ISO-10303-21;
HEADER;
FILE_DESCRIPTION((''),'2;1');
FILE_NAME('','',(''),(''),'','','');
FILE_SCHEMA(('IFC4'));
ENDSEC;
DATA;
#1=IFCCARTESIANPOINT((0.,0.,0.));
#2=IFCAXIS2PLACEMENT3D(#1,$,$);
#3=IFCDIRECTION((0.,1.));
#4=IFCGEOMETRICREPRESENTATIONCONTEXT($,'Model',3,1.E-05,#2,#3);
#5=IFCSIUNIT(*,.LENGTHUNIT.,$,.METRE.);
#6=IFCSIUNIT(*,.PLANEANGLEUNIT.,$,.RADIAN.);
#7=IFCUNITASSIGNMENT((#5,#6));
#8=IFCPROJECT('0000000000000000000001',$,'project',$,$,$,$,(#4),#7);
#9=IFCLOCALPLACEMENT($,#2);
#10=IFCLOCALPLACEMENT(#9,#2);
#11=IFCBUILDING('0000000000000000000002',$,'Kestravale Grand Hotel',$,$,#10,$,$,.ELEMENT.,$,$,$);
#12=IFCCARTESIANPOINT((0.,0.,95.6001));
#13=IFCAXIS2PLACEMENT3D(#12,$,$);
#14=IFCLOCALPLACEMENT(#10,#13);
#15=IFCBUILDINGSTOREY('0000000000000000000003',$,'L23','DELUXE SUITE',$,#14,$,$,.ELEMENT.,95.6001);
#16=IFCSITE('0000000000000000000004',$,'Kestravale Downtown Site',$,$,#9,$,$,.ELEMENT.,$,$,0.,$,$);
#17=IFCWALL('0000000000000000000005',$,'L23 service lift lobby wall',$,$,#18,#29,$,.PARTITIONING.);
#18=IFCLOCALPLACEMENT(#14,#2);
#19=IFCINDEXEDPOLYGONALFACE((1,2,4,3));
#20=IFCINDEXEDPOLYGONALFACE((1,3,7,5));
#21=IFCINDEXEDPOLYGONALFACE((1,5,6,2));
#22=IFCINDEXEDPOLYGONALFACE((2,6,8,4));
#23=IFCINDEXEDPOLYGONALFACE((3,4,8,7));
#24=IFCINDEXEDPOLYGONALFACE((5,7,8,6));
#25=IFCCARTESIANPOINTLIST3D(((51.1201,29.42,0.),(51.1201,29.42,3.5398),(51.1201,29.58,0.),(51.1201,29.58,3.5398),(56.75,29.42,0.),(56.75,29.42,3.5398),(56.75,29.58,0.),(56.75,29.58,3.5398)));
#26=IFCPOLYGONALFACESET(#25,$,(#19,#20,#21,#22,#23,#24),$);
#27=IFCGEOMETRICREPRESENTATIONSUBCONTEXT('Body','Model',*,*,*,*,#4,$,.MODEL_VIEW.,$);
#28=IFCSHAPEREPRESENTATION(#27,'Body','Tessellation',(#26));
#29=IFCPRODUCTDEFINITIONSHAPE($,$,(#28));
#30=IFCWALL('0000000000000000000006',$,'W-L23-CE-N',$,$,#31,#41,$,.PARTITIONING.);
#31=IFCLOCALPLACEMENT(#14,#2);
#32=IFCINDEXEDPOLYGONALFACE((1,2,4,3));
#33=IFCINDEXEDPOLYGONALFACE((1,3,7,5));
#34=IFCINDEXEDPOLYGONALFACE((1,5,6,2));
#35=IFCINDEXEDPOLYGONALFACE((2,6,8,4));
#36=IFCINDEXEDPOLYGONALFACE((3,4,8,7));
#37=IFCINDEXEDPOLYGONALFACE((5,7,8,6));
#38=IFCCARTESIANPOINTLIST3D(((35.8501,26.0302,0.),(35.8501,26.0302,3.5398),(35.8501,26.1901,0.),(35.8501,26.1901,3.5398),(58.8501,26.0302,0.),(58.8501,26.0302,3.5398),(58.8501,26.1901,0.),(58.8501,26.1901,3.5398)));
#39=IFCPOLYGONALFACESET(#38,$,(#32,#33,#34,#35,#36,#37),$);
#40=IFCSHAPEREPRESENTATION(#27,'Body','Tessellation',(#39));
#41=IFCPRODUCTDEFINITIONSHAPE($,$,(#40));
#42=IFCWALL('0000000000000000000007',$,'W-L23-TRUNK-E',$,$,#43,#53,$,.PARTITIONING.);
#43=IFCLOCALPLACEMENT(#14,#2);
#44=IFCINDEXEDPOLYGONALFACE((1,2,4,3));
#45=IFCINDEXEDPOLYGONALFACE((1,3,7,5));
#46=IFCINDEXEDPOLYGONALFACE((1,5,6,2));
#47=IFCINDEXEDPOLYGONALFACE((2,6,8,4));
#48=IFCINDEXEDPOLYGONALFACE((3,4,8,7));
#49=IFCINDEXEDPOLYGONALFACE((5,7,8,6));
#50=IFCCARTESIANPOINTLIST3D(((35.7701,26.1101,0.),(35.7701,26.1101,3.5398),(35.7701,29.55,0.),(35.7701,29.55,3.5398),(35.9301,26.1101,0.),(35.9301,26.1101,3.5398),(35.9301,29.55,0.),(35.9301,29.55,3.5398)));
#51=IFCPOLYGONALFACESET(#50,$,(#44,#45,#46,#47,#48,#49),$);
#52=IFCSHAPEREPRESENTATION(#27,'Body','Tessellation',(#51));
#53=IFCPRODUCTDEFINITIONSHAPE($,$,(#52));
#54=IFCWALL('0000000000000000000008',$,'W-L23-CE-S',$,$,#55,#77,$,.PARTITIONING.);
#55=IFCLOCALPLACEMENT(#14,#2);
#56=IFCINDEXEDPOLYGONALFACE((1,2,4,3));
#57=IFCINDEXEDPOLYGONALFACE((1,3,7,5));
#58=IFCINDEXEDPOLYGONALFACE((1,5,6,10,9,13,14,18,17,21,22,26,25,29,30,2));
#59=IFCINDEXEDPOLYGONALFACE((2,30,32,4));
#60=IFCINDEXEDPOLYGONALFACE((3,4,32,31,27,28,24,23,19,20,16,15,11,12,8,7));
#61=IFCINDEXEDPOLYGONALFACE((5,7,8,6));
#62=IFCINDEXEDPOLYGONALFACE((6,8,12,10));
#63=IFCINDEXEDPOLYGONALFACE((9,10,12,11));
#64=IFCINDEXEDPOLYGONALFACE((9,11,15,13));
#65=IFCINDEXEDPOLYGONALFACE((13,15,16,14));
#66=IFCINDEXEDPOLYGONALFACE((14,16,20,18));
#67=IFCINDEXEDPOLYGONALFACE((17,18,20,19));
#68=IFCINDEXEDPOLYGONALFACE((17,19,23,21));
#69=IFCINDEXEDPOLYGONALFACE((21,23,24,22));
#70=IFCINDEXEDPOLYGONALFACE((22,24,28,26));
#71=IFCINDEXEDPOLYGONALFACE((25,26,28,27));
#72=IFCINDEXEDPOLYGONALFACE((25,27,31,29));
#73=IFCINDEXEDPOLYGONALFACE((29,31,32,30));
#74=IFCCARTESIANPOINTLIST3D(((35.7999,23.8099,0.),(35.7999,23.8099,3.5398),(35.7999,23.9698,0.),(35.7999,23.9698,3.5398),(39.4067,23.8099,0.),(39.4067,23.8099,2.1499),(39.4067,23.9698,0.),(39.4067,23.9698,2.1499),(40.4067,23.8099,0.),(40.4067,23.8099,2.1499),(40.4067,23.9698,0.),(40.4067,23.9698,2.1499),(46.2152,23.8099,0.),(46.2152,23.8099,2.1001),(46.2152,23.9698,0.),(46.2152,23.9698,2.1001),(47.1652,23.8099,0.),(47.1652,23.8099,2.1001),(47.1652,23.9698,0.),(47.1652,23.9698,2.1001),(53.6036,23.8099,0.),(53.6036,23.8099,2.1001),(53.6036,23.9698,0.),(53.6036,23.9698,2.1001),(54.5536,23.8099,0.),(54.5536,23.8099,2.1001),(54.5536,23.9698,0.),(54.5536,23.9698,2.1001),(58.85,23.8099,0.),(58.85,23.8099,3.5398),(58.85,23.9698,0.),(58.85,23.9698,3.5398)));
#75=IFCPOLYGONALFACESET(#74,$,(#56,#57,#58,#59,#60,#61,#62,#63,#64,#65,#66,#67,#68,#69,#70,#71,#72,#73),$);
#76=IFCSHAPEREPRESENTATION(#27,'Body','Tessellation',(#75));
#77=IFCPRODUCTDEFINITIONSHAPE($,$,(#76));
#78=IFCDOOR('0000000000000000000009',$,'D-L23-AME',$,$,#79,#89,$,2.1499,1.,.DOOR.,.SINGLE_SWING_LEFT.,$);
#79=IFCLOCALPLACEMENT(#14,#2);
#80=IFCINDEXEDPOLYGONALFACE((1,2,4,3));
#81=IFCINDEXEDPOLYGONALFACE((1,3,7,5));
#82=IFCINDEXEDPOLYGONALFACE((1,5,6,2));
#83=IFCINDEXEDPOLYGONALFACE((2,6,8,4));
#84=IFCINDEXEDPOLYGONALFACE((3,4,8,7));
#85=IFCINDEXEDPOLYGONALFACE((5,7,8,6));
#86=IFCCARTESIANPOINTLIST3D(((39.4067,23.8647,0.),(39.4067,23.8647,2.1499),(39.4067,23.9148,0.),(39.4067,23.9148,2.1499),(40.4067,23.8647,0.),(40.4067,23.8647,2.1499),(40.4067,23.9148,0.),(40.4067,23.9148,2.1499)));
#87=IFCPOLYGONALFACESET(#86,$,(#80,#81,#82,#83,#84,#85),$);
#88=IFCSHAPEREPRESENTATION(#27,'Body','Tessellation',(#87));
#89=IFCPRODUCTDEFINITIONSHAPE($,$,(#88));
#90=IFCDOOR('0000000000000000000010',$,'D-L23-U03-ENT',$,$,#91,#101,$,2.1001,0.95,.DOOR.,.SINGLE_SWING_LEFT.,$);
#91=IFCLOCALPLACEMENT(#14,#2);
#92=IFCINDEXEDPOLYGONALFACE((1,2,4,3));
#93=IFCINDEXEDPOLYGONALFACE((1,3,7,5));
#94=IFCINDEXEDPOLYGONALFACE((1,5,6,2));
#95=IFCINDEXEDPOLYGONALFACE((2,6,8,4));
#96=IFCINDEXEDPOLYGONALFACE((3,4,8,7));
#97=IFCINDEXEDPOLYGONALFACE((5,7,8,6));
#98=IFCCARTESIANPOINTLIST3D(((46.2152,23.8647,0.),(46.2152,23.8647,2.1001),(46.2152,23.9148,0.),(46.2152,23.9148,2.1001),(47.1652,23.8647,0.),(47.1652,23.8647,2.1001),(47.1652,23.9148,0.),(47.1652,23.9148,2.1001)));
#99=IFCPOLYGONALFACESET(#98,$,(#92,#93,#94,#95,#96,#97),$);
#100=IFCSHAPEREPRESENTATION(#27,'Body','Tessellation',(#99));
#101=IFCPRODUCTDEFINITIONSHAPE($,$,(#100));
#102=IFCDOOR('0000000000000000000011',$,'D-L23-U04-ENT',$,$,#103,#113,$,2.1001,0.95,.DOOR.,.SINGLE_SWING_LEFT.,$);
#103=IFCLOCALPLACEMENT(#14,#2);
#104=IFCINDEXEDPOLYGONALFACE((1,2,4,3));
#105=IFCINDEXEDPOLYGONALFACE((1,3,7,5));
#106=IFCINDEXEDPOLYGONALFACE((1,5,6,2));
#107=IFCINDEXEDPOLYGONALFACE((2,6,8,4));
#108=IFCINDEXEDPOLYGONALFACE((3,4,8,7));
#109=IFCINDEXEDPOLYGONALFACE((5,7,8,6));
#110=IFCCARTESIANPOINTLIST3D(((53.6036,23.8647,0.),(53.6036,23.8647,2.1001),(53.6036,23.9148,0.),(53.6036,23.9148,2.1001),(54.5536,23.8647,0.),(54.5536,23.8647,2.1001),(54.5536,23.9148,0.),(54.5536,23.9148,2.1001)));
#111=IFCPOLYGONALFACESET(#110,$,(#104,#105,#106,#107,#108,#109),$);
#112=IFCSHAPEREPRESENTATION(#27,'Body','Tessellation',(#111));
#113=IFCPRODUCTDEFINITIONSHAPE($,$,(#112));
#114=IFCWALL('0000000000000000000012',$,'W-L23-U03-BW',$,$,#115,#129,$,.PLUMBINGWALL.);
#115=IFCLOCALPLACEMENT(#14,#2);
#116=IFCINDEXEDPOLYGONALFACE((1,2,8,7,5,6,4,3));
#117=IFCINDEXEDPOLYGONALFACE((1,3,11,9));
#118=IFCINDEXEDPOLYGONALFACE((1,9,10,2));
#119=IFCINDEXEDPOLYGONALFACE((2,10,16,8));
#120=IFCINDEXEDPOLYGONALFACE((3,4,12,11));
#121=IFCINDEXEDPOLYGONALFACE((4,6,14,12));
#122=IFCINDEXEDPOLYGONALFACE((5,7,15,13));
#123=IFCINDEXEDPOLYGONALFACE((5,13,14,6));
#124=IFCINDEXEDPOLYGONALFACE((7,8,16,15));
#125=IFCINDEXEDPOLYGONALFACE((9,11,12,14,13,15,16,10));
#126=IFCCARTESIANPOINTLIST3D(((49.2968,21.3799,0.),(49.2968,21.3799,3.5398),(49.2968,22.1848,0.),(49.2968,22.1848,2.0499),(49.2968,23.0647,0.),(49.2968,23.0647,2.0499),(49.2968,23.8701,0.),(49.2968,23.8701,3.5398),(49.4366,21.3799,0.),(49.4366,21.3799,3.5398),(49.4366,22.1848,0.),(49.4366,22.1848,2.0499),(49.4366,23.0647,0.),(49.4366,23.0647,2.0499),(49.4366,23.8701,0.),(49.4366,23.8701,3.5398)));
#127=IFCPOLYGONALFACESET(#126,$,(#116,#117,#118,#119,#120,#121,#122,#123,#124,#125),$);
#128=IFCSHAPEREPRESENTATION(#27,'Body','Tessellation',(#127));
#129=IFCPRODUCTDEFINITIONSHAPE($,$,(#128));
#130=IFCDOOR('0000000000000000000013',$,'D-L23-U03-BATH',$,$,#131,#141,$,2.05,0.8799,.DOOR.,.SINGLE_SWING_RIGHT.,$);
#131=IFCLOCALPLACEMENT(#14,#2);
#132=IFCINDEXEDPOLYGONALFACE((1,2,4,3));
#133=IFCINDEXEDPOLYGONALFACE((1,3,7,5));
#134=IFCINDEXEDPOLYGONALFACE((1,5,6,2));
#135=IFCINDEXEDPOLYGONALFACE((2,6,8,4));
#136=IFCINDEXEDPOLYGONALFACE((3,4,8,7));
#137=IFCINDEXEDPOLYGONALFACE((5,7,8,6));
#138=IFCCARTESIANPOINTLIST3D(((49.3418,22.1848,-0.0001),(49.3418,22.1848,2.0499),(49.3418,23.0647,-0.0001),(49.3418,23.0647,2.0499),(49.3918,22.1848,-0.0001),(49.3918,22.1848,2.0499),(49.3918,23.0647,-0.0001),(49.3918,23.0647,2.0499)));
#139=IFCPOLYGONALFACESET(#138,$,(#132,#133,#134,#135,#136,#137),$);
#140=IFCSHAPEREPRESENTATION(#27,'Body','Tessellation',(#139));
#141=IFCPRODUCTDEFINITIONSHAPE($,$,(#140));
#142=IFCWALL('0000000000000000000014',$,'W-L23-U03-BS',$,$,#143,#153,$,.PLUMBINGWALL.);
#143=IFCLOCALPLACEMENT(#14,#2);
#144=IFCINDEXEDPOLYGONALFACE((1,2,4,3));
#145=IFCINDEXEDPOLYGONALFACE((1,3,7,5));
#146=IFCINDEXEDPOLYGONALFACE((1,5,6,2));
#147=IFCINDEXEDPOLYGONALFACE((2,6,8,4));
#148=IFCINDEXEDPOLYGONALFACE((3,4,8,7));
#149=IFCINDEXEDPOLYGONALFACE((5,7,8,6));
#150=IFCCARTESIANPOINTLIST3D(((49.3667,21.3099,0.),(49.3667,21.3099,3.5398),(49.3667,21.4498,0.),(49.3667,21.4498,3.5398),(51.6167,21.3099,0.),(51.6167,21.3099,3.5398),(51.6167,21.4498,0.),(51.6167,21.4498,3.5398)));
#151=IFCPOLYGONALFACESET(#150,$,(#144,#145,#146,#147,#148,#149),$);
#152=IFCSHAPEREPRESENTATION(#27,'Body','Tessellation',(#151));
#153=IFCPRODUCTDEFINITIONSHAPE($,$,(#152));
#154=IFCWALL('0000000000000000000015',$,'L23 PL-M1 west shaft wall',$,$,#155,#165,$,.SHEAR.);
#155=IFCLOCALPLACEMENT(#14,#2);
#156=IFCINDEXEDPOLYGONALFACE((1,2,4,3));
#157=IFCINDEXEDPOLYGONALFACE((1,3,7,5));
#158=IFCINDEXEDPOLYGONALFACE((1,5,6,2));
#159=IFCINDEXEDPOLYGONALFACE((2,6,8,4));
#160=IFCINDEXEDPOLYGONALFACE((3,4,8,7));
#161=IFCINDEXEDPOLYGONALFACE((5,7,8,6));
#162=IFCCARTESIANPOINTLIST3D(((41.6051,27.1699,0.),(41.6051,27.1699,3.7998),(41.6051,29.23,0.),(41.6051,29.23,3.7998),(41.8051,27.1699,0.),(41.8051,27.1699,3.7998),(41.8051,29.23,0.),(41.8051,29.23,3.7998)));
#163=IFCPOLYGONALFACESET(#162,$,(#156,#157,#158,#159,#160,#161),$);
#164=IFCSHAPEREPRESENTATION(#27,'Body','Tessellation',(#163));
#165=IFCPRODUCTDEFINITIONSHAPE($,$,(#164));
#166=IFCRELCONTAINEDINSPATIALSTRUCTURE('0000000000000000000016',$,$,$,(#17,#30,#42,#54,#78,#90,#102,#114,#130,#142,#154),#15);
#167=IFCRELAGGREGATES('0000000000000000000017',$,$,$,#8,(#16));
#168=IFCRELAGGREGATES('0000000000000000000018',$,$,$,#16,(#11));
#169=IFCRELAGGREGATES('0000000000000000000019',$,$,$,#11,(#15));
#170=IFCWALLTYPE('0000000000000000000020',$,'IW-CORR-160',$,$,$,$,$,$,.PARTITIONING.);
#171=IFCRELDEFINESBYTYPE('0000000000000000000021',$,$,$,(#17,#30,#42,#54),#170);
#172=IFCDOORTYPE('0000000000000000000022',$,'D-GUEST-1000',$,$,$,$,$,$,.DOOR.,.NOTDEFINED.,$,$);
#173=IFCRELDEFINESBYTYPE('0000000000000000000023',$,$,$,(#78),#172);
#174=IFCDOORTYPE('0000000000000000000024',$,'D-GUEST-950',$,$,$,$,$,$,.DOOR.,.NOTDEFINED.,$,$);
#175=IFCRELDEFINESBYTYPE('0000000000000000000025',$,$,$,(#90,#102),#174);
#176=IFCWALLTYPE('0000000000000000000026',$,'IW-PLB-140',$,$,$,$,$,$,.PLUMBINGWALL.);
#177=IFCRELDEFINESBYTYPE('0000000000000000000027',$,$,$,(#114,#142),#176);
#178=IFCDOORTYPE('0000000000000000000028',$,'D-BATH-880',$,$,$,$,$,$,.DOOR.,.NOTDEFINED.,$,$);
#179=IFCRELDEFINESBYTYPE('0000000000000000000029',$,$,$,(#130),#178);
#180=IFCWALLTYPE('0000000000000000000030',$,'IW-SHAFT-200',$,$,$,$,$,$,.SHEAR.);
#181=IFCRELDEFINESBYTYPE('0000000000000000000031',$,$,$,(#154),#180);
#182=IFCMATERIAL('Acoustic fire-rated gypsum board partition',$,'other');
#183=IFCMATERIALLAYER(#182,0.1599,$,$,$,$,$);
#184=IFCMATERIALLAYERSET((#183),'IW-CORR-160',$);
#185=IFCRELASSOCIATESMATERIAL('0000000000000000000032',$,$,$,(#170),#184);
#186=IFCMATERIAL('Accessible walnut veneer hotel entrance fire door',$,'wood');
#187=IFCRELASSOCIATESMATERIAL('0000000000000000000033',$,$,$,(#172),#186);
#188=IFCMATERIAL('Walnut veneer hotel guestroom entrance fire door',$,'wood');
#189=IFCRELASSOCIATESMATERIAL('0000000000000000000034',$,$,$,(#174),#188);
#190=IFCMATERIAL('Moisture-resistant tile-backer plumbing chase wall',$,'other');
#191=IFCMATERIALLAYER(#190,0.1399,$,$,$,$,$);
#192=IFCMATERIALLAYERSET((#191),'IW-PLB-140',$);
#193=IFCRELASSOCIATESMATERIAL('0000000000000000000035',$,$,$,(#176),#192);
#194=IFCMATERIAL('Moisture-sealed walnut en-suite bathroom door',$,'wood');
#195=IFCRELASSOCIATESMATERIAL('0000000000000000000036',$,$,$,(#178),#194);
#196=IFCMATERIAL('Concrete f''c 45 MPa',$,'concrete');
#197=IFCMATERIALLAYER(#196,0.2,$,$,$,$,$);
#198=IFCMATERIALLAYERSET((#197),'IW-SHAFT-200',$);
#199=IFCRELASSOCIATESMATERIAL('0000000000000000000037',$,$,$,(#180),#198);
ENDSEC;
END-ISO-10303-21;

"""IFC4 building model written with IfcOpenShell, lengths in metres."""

from ifc_helpers import new_model, si_unit, direction, frame, frame_2d, origin, place, context, subcontext, project, spatial, rectangle, extrude, material, layer, layer_set, type_object, element, fill, save


model = new_model("IFC4")

# Units and contexts
model_context = context("Model", 3, precision=1e-05, world=origin(), true_north=direction((0.0, 1.0)))
body_context = subcontext(model_context, "Body", "Model", "MODEL_VIEW")
ifc_project = project(units=[si_unit("LENGTHUNIT", "METRE"), si_unit("PLANEANGLEUNIT", "RADIAN")], contexts=[model_context])

# Site, building, storey
site_placement = place(None, origin())
site = spatial("IfcSite", under=ifc_project, at=site_placement, Name="Kestravale Downtown Site", CompositionType="ELEMENT", RefElevation=0.0)
building_placement = place(site_placement, origin())
building = spatial("IfcBuilding", under=site, at=building_placement, Name="Kestravale Grand Hotel", CompositionType="ELEMENT")
storey_placement = place(building_placement, frame((0.0, 0.0, 95.6001)))
storey = spatial("IfcBuildingStorey", under=building, at=storey_placement, Name="L23", Description="DELUXE SUITE", CompositionType="ELEMENT", Elevation=95.6001)

# Shared definitions
ifc_material_1 = material(Name="Acoustic fire-rated gypsum board partition", Category="other")
ifc_layer_1 = layer(ifc_material_1, 0.1599)
ifc_layer_set_1 = layer_set([ifc_layer_1], Name="IW-CORR-160")
wall_type_1 = type_object("IfcWallType", Name="IW-CORR-160", PredefinedType="PARTITIONING", material=ifc_layer_set_1)

# Walls
wall_1_placement = place(storey_placement, frame((51.1201, 29.5, 0.0), z_axis=(0.0, 0.0, 1.0), x_axis=(1.0, 0.0, 0.0)))
element("IfcWall", 1, at=wall_1_placement, inside=storey, type_object=wall_type_1, Name="L23 service lift lobby wall", PredefinedType="PARTITIONING", context=body_context, shape_type="SweptSolid", body=[
    extrude(rectangle(XDim=5.6299, YDim=0.1599, at=frame_2d((2.8149, 0.0))), origin(), (0.0, 0.0, 1.0), 3.5398),
])
wall_2_placement = place(storey_placement, frame((35.8501, 26.1101, 0.0), z_axis=(0.0, 0.0, 1.0), x_axis=(1.0, 0.0, 0.0)))
element("IfcWall", 2, at=wall_2_placement, inside=storey, type_object=wall_type_1, Name="W-L23-CE-N", PredefinedType="PARTITIONING", context=body_context, shape_type="SweptSolid", body=[
    extrude(rectangle(XDim=23.0, YDim=0.1599, at=frame_2d((11.5, 0.0))), origin(), (0.0, 0.0, 1.0), 3.5398),
])
wall_3_placement = place(storey_placement, frame((35.8501, 26.1101, 0.0), z_axis=(0.0, 0.0, 1.0), x_axis=(0.0, 1.0, 0.0)))
element("IfcWall", 3, at=wall_3_placement, inside=storey, type_object=wall_type_1, Name="W-L23-TRUNK-E", PredefinedType="PARTITIONING", context=body_context, shape_type="SweptSolid", body=[
    extrude(rectangle(XDim=3.4399, YDim=0.1599, at=frame_2d((1.72, 0.0))), origin(), (0.0, 0.0, 1.0), 3.5398),
])

# Wall, openings, doors
wall_4_placement = place(storey_placement, frame((35.8, 23.8899, 0.0), z_axis=(0.0, 0.0, 1.0), x_axis=(1.0, 0.0, 0.0)))
wall_4 = element("IfcWall", 4, at=wall_4_placement, inside=storey, type_object=wall_type_1, Name="W-L23-CE-S", PredefinedType="PARTITIONING", context=body_context, shape_type="SweptSolid", body=[
    extrude(rectangle(XDim=23.05, YDim=0.1599, at=frame_2d((11.5249, 0.0))), origin(), (0.0, 0.0, 1.0), 3.5398),
])
opening_1_placement = place(wall_4_placement, frame((3.6067, 0.0, 0.0)))
opening_1 = element("IfcOpeningElement", 5, at=opening_1_placement, cuts=wall_4, PredefinedType="OPENING", context=body_context, shape_type="SweptSolid", body=[
    extrude(rectangle(XDim=1.0, YDim=2.1499, at=frame_2d((0.5, 1.075))), frame((0.0, 0.0898, 0.0), z_axis=(0.0, -1.0, 0.0), x_axis=(1.0, 0.0, 0.0)), (0.0, 0.0, 1.0), 0.1799),
])
opening_2_placement = place(wall_4_placement, frame((10.415, 0.0, 0.0)))
opening_2 = element("IfcOpeningElement", 6, at=opening_2_placement, cuts=wall_4, PredefinedType="OPENING", context=body_context, shape_type="SweptSolid", body=[
    extrude(rectangle(XDim=0.95, YDim=2.1001, at=frame_2d((0.4751, 1.05))), frame((0.0, 0.0898, 0.0), z_axis=(0.0, -1.0, 0.0), x_axis=(1.0, 0.0, 0.0)), (0.0, 0.0, 1.0), 0.1799),
])
opening_3_placement = place(wall_4_placement, frame((17.8035, 0.0, 0.0)))
opening_3 = element("IfcOpeningElement", 7, at=opening_3_placement, cuts=wall_4, PredefinedType="OPENING", context=body_context, shape_type="SweptSolid", body=[
    extrude(rectangle(XDim=0.95, YDim=2.1001, at=frame_2d((0.4751, 1.05))), frame((0.0, 0.0898, 0.0), z_axis=(0.0, -1.0, 0.0), x_axis=(1.0, 0.0, 0.0)), (0.0, 0.0, 1.0), 0.1799),
])
ifc_material_2 = material(Name="Accessible walnut veneer hotel entrance fire door", Category="wood")
door_type_1 = type_object("IfcDoorType", Name="D-GUEST-1000", OperationType="NOTDEFINED", PredefinedType="DOOR", material=ifc_material_2)
door_1_placement = place(opening_1_placement, origin())
door_1 = element("IfcDoor", 8, at=door_1_placement, inside=storey, type_object=door_type_1, Name="D-L23-AME", OperationType="SINGLE_SWING_LEFT", OverallHeight=2.1499, OverallWidth=1.0, PredefinedType="DOOR", context=body_context, shape_type="SweptSolid", body=[
    extrude(rectangle(XDim=1.0, YDim=2.1499, at=frame_2d((0.5, 1.075))), frame((0.0, 0.0249, 0.0), z_axis=(0.0, -1.0, 0.0), x_axis=(1.0, 0.0, 0.0)), (0.0, 0.0, 1.0), 0.05),
])
fill(opening_1, door_1)
ifc_material_3 = material(Name="Walnut veneer hotel guestroom entrance fire door", Category="wood")
door_type_2 = type_object("IfcDoorType", Name="D-GUEST-950", OperationType="NOTDEFINED", PredefinedType="DOOR", material=ifc_material_3)
door_2_placement = place(opening_2_placement, origin())
door_2 = element("IfcDoor", 9, at=door_2_placement, inside=storey, type_object=door_type_2, Name="D-L23-U03-ENT", OperationType="SINGLE_SWING_LEFT", OverallHeight=2.1001, OverallWidth=0.95, PredefinedType="DOOR", context=body_context, shape_type="SweptSolid", body=[
    extrude(rectangle(XDim=0.95, YDim=2.1001, at=frame_2d((0.4751, 1.05))), frame((0.0, 0.0249, 0.0), z_axis=(0.0, -1.0, 0.0), x_axis=(1.0, 0.0, 0.0)), (0.0, 0.0, 1.0), 0.05),
])
fill(opening_2, door_2)
door_3_placement = place(opening_3_placement, origin())
door_3 = element("IfcDoor", 10, at=door_3_placement, inside=storey, type_object=door_type_2, Name="D-L23-U04-ENT", OperationType="SINGLE_SWING_LEFT", OverallHeight=2.1001, OverallWidth=0.95, PredefinedType="DOOR", context=body_context, shape_type="SweptSolid", body=[
    extrude(rectangle(XDim=0.95, YDim=2.1001, at=frame_2d((0.4751, 1.05))), frame((0.0, 0.0249, 0.0), z_axis=(0.0, -1.0, 0.0), x_axis=(1.0, 0.0, 0.0)), (0.0, 0.0, 1.0), 0.05),
])
fill(opening_3, door_3)

# Wall, opening, door
ifc_material_4 = material(Name="Moisture-resistant tile-backer plumbing chase wall", Category="other")
ifc_layer_2 = layer(ifc_material_4, 0.1399)
ifc_layer_set_2 = layer_set([ifc_layer_2], Name="IW-PLB-140")
wall_type_2 = type_object("IfcWallType", Name="IW-PLB-140", PredefinedType="PLUMBINGWALL", material=ifc_layer_set_2)
wall_5_placement = place(storey_placement, frame((49.3667, 21.3799, 0.0), z_axis=(0.0, 0.0, 1.0), x_axis=(0.0, 1.0, 0.0)))
wall_5 = element("IfcWall", 11, at=wall_5_placement, inside=storey, type_object=wall_type_2, Name="W-L23-U03-BW", PredefinedType="PLUMBINGWALL", context=body_context, shape_type="SweptSolid", body=[
    extrude(rectangle(XDim=2.4902, YDim=0.1399, at=frame_2d((1.2451, 0.0))), origin(), (0.0, 0.0, 1.0), 3.5398),
])
opening_4_placement = place(wall_5_placement, frame((0.8049, 0.0, 0.0)))
opening_4 = element("IfcOpeningElement", 12, at=opening_4_placement, cuts=wall_5, PredefinedType="OPENING", context=body_context, shape_type="SweptSolid", body=[
    extrude(rectangle(XDim=0.8799, YDim=2.05, at=frame_2d((0.4399, 1.0249))), frame((0.0, 0.0798, 0.0), z_axis=(0.0, -1.0, 0.0), x_axis=(1.0, 0.0, 0.0)), (0.0, 0.0, 1.0), 0.1599),
])
ifc_material_5 = material(Name="Moisture-sealed walnut en-suite bathroom door", Category="wood")
door_type_3 = type_object("IfcDoorType", Name="D-BATH-880", OperationType="NOTDEFINED", PredefinedType="DOOR", material=ifc_material_5)
door_4_placement = place(opening_4_placement, origin())
door_4 = element("IfcDoor", 13, at=door_4_placement, inside=storey, type_object=door_type_3, Name="D-L23-U03-BATH", OperationType="SINGLE_SWING_RIGHT", OverallHeight=2.05, OverallWidth=0.8799, PredefinedType="DOOR", context=body_context, shape_type="SweptSolid", body=[
    extrude(rectangle(XDim=0.8799, YDim=2.05, at=frame_2d((0.4399, 1.0249))), frame((0.0, 0.0249, 0.0), z_axis=(0.0, -1.0, 0.0), x_axis=(1.0, 0.0, 0.0)), (0.0, 0.0, 1.0), 0.05),
])
fill(opening_4, door_4)

# Walls
wall_6_placement = place(storey_placement, frame((49.3667, 21.3799, 0.0), z_axis=(0.0, 0.0, 1.0), x_axis=(1.0, 0.0, 0.0)))
element("IfcWall", 14, at=wall_6_placement, inside=storey, type_object=wall_type_2, Name="W-L23-U03-BS", PredefinedType="PLUMBINGWALL", context=body_context, shape_type="SweptSolid", body=[
    extrude(rectangle(XDim=2.25, YDim=0.1399, at=frame_2d((1.125, 0.0))), origin(), (0.0, 0.0, 1.0), 3.5398),
])
ifc_material_6 = material(Name="Concrete f'c 45 MPa", Category="concrete")
ifc_layer_3 = layer(ifc_material_6, 0.2)
ifc_layer_set_3 = layer_set([ifc_layer_3], Name="IW-SHAFT-200")
wall_type_3 = type_object("IfcWallType", Name="IW-SHAFT-200", PredefinedType="SHEAR", material=ifc_layer_set_3)
for number, where, z_axis, x_axis, name in (
    (15, (41.7051, 27.1699, 0.0), (0.0, 0.0, 1.0), (0.0, 1.0, 0.0), "L23 PL-M1 west shaft wall"),
):
    element("IfcWall", number, at=place(storey_placement, frame(where, z_axis=z_axis, x_axis=x_axis)), inside=storey, type_object=wall_type_3, Name=name, PredefinedType="SHEAR", context=body_context, shape_type="SweptSolid", body=[
        extrude(rectangle(XDim=2.0601, YDim=0.2, at=frame_2d((1.03, 0.0))), origin(), (0.0, 0.0, 1.0), 3.7998),
    ])

save(model, "model.ifc")
